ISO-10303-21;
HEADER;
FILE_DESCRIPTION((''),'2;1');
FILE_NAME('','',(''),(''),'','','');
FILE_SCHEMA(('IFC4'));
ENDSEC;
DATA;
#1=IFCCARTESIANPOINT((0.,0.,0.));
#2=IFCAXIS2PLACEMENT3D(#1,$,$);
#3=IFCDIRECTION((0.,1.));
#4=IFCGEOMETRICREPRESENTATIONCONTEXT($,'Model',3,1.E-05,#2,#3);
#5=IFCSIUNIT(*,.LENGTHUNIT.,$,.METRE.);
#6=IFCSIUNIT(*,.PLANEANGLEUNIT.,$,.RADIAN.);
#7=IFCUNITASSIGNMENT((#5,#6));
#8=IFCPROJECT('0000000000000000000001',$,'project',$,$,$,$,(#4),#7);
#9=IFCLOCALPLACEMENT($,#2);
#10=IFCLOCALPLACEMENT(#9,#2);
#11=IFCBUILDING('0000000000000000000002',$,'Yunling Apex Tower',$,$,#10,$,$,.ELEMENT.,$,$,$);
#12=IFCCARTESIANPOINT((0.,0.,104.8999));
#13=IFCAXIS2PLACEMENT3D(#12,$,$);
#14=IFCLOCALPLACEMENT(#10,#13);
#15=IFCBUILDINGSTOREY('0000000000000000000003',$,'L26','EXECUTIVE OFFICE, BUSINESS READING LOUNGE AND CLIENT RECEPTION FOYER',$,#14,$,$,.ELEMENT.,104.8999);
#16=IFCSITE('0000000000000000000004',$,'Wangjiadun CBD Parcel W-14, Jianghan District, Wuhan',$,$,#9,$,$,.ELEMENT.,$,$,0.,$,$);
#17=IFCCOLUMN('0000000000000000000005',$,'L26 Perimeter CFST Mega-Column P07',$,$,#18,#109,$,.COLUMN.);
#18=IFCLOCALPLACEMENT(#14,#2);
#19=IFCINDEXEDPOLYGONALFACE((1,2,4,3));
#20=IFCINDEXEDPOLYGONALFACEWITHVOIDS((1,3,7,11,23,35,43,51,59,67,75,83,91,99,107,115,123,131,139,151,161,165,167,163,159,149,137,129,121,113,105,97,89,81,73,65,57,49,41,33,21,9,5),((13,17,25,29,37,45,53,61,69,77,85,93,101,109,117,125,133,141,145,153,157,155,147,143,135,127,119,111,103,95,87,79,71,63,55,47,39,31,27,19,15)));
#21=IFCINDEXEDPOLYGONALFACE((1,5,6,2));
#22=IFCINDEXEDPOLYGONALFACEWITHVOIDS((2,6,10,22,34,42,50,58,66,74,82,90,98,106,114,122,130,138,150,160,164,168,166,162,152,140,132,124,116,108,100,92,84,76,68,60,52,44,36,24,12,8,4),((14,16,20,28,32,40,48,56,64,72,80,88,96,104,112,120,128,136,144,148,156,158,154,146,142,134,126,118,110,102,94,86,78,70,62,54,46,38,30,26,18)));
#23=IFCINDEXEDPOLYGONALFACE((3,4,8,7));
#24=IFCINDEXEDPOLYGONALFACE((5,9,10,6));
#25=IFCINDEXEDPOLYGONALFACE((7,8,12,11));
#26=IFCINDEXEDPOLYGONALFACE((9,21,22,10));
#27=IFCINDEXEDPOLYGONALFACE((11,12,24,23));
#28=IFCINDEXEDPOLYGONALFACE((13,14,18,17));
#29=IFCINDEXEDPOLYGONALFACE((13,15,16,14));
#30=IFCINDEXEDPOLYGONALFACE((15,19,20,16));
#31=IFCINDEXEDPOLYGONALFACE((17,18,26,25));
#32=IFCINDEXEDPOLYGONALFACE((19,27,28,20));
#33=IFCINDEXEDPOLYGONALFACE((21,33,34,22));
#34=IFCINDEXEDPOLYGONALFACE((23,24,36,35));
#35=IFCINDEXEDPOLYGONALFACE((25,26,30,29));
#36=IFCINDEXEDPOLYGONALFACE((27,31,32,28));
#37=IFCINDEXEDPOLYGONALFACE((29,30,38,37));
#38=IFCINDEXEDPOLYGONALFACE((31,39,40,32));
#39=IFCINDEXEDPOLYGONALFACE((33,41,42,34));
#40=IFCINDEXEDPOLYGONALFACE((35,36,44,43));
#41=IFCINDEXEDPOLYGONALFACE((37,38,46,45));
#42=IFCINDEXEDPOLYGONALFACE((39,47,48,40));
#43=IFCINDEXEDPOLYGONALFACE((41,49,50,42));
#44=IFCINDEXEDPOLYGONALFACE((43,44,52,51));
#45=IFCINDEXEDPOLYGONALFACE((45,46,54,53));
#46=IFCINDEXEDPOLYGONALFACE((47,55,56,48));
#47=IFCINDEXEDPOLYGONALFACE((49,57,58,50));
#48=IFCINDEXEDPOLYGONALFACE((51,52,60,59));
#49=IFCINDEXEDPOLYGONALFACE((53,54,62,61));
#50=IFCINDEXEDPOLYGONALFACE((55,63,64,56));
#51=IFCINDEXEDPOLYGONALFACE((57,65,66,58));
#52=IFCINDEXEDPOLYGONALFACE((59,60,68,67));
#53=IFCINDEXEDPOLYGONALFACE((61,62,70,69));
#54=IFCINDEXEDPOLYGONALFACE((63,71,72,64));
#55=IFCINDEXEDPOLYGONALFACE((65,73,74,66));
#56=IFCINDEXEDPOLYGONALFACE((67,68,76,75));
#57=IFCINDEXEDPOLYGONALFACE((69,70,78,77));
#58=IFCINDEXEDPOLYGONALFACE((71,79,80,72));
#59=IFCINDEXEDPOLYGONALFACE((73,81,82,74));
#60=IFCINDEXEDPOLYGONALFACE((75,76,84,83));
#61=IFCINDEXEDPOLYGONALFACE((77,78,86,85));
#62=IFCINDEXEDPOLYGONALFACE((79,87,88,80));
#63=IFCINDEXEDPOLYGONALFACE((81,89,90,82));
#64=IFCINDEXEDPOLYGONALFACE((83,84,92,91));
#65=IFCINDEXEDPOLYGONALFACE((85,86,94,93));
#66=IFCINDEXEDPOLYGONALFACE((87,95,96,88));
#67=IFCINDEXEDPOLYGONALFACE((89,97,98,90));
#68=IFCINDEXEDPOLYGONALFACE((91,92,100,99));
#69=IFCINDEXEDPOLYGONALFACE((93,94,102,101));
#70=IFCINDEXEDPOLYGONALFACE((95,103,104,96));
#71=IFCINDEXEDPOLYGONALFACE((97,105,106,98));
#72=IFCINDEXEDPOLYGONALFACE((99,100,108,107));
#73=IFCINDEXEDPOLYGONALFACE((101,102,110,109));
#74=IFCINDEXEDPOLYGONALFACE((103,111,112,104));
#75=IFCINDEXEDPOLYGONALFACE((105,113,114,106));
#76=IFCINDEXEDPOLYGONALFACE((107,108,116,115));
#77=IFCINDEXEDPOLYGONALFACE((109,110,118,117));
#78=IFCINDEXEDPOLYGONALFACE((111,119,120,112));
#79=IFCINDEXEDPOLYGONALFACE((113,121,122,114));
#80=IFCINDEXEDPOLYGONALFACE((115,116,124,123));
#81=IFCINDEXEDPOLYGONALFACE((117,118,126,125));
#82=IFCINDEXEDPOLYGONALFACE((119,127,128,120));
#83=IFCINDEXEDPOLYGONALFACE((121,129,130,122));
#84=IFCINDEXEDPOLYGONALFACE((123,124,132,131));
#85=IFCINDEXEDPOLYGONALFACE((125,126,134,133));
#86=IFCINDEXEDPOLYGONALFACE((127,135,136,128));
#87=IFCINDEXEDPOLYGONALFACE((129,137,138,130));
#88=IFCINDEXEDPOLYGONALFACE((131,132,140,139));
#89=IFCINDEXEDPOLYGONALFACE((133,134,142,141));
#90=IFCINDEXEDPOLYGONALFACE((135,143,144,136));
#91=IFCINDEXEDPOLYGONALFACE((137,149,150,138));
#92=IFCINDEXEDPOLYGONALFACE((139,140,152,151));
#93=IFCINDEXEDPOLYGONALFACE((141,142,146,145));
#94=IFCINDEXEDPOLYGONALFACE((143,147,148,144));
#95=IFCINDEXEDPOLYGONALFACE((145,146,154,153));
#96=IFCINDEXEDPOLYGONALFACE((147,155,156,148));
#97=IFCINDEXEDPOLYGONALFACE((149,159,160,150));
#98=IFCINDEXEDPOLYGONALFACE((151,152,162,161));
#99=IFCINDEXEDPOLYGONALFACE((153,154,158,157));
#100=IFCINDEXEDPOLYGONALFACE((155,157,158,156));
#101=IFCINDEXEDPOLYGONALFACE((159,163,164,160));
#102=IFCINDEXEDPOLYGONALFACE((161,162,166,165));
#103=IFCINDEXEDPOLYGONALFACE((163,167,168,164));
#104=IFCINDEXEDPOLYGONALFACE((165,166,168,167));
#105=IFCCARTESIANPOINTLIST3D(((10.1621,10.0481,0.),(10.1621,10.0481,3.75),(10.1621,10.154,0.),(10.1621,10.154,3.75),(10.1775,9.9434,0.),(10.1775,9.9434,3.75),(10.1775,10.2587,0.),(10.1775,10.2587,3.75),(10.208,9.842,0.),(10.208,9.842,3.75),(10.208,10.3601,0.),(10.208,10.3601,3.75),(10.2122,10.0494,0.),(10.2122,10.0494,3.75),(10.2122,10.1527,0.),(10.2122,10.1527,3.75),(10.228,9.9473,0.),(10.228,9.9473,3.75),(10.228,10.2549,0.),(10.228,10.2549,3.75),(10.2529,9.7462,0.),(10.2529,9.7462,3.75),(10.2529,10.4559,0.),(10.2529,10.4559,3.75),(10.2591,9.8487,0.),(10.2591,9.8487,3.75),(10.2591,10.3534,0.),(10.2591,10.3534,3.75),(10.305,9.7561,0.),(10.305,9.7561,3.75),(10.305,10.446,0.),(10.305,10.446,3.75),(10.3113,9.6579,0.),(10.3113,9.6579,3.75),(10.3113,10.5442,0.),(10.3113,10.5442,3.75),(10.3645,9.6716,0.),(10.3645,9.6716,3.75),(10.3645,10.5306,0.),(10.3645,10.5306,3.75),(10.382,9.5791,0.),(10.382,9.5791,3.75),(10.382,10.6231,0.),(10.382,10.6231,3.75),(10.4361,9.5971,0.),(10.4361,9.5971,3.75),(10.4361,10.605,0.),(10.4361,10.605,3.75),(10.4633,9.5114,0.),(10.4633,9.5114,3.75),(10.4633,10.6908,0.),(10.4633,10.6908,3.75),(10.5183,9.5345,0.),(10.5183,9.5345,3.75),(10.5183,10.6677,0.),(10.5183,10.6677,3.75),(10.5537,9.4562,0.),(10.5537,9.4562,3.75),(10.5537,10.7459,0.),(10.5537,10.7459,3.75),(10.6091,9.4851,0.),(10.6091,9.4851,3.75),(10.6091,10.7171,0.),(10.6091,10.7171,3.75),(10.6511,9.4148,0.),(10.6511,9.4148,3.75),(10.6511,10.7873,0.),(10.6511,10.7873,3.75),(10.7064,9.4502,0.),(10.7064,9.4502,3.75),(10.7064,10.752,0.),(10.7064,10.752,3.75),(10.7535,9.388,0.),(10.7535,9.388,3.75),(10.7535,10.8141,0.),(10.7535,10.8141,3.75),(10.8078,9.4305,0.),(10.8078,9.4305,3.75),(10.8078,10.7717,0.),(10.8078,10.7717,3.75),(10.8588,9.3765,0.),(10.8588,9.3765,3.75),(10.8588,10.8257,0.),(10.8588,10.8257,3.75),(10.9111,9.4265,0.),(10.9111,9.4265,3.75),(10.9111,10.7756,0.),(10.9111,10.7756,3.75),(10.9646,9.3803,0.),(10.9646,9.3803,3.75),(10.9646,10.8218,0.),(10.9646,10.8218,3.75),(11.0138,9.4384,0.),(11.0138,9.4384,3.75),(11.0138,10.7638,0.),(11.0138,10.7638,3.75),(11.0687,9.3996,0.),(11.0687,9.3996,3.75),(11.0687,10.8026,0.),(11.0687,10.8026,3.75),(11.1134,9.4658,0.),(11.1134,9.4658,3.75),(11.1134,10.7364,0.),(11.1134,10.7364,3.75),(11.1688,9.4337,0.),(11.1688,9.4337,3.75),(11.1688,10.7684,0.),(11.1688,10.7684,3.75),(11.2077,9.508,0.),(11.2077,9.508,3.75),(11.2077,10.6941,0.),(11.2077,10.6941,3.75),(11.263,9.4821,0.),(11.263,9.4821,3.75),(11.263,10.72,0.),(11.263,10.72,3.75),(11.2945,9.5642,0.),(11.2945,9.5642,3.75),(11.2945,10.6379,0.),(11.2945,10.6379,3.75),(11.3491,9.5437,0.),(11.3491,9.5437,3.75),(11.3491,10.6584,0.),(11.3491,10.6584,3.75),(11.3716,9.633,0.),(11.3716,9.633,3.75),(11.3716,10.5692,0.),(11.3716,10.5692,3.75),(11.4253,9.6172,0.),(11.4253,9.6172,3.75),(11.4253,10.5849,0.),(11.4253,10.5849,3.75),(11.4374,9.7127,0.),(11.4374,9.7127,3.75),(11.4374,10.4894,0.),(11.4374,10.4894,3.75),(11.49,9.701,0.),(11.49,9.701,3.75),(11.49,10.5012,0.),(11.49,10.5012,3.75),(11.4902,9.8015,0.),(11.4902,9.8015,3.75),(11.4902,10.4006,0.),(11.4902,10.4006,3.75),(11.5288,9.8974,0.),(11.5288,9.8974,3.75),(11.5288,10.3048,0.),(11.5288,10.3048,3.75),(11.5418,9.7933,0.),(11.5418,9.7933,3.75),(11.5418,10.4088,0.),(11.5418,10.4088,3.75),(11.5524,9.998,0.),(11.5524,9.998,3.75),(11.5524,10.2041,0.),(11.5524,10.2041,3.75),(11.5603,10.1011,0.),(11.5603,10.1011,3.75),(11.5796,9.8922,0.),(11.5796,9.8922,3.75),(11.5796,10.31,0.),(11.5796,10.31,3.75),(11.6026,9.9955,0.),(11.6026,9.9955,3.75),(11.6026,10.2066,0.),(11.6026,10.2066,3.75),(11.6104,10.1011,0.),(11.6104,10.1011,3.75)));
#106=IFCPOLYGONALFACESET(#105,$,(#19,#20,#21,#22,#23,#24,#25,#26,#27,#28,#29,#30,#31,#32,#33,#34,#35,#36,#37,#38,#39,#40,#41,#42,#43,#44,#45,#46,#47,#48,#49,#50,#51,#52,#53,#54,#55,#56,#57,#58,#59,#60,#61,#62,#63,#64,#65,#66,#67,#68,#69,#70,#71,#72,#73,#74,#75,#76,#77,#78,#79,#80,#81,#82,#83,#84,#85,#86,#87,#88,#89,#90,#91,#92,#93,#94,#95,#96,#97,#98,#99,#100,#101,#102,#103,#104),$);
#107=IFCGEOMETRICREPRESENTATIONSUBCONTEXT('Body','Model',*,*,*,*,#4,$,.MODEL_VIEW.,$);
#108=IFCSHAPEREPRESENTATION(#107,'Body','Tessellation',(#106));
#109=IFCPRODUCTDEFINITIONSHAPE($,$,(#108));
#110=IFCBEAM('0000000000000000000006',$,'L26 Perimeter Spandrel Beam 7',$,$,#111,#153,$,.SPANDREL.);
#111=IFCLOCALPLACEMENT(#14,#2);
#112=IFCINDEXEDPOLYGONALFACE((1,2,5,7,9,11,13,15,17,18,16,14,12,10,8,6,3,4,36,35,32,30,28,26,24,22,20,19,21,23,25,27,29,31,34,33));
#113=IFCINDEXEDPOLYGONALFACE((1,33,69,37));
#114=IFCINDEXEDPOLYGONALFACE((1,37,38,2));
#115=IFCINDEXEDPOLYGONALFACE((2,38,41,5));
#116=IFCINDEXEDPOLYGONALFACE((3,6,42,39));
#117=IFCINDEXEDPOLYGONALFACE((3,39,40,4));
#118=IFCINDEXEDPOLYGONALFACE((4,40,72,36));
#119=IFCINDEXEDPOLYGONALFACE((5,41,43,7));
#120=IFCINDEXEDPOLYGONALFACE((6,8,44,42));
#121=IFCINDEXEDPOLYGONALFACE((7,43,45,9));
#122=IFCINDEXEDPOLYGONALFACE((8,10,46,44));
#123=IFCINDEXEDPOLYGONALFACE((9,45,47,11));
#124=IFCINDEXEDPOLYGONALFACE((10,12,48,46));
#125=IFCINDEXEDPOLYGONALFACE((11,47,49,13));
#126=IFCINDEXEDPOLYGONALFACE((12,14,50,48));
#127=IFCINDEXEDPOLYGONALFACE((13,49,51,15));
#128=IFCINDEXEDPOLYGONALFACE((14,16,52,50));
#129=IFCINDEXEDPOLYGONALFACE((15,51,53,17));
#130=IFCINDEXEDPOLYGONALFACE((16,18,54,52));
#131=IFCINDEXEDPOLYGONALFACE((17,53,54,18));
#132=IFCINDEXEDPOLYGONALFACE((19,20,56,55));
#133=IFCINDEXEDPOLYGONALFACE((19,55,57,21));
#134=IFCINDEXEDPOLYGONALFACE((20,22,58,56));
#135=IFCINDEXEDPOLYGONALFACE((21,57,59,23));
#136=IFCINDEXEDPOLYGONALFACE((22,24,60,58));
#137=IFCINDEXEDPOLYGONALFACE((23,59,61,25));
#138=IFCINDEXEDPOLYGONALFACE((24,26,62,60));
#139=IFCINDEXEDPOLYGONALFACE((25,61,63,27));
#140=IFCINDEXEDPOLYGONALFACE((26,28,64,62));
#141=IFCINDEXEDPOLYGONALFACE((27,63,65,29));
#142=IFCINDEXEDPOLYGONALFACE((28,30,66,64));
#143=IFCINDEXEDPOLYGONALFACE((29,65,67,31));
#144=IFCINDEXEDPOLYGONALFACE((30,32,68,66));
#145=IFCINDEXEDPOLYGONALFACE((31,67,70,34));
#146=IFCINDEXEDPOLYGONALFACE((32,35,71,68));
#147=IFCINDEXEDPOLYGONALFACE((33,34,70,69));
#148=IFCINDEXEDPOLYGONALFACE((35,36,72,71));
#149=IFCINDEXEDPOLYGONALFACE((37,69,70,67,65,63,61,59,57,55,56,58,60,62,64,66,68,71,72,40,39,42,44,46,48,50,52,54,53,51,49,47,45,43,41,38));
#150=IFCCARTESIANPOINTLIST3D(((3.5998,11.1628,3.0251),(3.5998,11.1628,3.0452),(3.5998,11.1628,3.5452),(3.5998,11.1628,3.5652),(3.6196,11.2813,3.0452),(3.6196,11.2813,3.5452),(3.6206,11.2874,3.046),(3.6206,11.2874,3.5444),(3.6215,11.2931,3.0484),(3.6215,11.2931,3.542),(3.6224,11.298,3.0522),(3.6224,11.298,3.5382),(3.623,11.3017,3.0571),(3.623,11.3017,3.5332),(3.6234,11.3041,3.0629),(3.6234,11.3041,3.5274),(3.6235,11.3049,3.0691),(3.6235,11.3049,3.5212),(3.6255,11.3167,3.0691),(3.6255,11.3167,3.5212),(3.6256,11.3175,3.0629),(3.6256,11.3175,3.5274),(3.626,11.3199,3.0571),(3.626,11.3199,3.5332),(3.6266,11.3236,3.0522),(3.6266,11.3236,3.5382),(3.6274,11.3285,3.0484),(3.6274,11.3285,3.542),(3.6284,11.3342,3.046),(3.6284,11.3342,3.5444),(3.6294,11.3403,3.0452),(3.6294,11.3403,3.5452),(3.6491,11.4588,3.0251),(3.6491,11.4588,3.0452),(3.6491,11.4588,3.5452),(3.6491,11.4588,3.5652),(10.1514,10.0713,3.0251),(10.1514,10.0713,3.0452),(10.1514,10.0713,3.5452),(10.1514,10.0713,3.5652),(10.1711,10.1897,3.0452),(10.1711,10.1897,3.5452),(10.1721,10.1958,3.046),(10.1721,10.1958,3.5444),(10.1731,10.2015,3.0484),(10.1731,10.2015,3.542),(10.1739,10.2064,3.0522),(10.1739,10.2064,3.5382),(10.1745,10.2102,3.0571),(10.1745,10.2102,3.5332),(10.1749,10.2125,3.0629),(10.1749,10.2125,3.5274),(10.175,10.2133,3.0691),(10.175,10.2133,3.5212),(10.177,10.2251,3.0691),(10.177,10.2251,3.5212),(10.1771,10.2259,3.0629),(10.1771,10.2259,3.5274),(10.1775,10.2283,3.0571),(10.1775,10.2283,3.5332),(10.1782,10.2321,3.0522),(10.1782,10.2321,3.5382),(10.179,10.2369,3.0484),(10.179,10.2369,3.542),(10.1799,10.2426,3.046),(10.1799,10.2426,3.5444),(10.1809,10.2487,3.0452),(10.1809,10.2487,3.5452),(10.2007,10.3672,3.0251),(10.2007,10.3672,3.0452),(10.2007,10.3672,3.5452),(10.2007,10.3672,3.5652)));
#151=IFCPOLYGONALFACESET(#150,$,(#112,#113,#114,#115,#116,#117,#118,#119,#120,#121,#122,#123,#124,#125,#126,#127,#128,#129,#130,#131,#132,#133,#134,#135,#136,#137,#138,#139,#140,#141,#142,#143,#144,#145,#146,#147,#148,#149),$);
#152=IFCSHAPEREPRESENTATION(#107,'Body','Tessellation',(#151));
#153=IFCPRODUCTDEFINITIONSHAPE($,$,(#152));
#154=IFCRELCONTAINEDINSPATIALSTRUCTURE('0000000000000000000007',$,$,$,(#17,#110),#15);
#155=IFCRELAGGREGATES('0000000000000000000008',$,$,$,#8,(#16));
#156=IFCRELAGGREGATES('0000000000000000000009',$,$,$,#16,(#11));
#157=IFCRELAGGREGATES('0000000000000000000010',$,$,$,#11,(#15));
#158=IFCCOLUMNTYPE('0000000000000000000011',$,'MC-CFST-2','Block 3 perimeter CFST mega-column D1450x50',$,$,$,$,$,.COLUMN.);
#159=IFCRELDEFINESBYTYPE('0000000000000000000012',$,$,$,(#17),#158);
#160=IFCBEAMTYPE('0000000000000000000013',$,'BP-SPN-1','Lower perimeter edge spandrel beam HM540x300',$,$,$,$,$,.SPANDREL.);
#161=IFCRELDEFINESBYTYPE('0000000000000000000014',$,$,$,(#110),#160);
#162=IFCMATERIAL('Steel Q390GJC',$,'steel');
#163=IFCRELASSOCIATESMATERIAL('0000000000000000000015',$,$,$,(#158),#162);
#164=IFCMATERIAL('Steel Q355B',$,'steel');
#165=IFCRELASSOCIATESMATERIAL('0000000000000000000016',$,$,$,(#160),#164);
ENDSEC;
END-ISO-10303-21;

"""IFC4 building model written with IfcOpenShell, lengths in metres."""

from ifc_helpers import new_model, si_unit, direction, frame, origin, origin_2d, place, context, subcontext, project, spatial, hollow_circle, i_section, extrude, source, transform, mapped, material, material_profile, profile_set, type_object, element, save


model = new_model("IFC4")

# Units and contexts
model_context = context("Model", 3, precision=1e-05, world=origin(), true_north=direction((0.0, 1.0)))
body_context = subcontext(model_context, "Body", "Model", "MODEL_VIEW")
ifc_project = project(units=[si_unit("LENGTHUNIT", "METRE"), si_unit("PLANEANGLEUNIT", "RADIAN")], contexts=[model_context])

# Site, building, storey
site_placement = place(None, origin())
site = spatial("IfcSite", under=ifc_project, at=site_placement, Name="Wangjiadun CBD Parcel W-14, Jianghan District, Wuhan", CompositionType="ELEMENT", RefElevation=0.0)
building_placement = place(site_placement, origin())
building = spatial("IfcBuilding", under=site, at=building_placement, Name="Yunling Apex Tower", CompositionType="ELEMENT")
storey_placement = place(building_placement, frame((0.0, 0.0, 104.8999)))
storey = spatial("IfcBuildingStorey", under=building, at=storey_placement, Name="L26", Description="EXECUTIVE OFFICE, BUSINESS READING LOUNGE AND CLIENT RECEPTION FOYER", CompositionType="ELEMENT", Elevation=104.8999)

# Column
ifc_material_1 = material(Name="Steel Q390GJC", Category="steel")
ifc_material_profile_1 = material_profile(ifc_material_1, hollow_circle(Radius=0.7251, WallThickness=0.05, at=origin_2d()))
ifc_profile_set_1 = profile_set([ifc_material_profile_1], Name="Steel Q390GJC")
column_type = type_object("IfcColumnType", Name="MC-CFST-2", Description="Block 3 perimeter CFST mega-column D1450x50", PredefinedType="COLUMN", material=ifc_profile_set_1)
shared_shape_1 = source(origin(), body_context, "Body", "SweptSolid", [
    extrude(hollow_circle(Radius=0.7251, WallThickness=0.05, at=origin_2d()), origin(), (0.0, 0.0, 1.0), 3.75),
])
column_placement = place(storey_placement, frame((10.8853, 10.1011, 0.0), z_axis=(0.0, 0.0, 1.0), x_axis=(1.0, 0.0, 0.0)))
element("IfcColumn", 1, at=column_placement, inside=storey, type_object=column_type, Name="L26 Perimeter CFST Mega-Column P07", PredefinedType="COLUMN", context=body_context, shape_type="MappedRepresentation", body=[
    mapped(shared_shape_1, transform((0.0, 0.0, 0.0), scale=1.0)),
])

# Beam
ifc_material_2 = material(Name="Steel Q355B", Category="steel")
ifc_material_profile_2 = material_profile(ifc_material_2, i_section(OverallWidth=0.3, OverallDepth=0.54, WebThickness=0.012, FlangeThickness=0.02, FilletRadius=0.0239, at=origin_2d()))
ifc_profile_set_2 = profile_set([ifc_material_profile_2], Name="Steel Q355B")
beam_type_1 = type_object("IfcBeamType", Name="BP-SPN-1", Description="Lower perimeter edge spandrel beam HM540x300", PredefinedType="SPANDREL", material=ifc_profile_set_2)
shared_shape_2 = source(origin(), body_context, "Body", "SweptSolid", [
    extrude(i_section(OverallWidth=0.3, OverallDepth=0.54, WebThickness=0.012, FlangeThickness=0.02, FilletRadius=0.0239, at=origin_2d()), origin(), (0.0, 0.0, 1.0), 6.6418),
])
beam_1_placement = place(storey_placement, frame((10.176, 10.2192, 3.2952), z_axis=(-0.986403, 0.164345, 0.0), x_axis=(-0.164345, -0.986403, 0.0)))
element("IfcBeam", 2, at=beam_1_placement, inside=storey, type_object=beam_type_1, Name="L26 Perimeter Spandrel Beam 7", PredefinedType="SPANDREL", context=body_context, shape_type="MappedRepresentation", body=[
    mapped(shared_shape_2, transform((0.0, 0.0, 0.0), scale=1.0)),
])

save(model, "model.ifc")
